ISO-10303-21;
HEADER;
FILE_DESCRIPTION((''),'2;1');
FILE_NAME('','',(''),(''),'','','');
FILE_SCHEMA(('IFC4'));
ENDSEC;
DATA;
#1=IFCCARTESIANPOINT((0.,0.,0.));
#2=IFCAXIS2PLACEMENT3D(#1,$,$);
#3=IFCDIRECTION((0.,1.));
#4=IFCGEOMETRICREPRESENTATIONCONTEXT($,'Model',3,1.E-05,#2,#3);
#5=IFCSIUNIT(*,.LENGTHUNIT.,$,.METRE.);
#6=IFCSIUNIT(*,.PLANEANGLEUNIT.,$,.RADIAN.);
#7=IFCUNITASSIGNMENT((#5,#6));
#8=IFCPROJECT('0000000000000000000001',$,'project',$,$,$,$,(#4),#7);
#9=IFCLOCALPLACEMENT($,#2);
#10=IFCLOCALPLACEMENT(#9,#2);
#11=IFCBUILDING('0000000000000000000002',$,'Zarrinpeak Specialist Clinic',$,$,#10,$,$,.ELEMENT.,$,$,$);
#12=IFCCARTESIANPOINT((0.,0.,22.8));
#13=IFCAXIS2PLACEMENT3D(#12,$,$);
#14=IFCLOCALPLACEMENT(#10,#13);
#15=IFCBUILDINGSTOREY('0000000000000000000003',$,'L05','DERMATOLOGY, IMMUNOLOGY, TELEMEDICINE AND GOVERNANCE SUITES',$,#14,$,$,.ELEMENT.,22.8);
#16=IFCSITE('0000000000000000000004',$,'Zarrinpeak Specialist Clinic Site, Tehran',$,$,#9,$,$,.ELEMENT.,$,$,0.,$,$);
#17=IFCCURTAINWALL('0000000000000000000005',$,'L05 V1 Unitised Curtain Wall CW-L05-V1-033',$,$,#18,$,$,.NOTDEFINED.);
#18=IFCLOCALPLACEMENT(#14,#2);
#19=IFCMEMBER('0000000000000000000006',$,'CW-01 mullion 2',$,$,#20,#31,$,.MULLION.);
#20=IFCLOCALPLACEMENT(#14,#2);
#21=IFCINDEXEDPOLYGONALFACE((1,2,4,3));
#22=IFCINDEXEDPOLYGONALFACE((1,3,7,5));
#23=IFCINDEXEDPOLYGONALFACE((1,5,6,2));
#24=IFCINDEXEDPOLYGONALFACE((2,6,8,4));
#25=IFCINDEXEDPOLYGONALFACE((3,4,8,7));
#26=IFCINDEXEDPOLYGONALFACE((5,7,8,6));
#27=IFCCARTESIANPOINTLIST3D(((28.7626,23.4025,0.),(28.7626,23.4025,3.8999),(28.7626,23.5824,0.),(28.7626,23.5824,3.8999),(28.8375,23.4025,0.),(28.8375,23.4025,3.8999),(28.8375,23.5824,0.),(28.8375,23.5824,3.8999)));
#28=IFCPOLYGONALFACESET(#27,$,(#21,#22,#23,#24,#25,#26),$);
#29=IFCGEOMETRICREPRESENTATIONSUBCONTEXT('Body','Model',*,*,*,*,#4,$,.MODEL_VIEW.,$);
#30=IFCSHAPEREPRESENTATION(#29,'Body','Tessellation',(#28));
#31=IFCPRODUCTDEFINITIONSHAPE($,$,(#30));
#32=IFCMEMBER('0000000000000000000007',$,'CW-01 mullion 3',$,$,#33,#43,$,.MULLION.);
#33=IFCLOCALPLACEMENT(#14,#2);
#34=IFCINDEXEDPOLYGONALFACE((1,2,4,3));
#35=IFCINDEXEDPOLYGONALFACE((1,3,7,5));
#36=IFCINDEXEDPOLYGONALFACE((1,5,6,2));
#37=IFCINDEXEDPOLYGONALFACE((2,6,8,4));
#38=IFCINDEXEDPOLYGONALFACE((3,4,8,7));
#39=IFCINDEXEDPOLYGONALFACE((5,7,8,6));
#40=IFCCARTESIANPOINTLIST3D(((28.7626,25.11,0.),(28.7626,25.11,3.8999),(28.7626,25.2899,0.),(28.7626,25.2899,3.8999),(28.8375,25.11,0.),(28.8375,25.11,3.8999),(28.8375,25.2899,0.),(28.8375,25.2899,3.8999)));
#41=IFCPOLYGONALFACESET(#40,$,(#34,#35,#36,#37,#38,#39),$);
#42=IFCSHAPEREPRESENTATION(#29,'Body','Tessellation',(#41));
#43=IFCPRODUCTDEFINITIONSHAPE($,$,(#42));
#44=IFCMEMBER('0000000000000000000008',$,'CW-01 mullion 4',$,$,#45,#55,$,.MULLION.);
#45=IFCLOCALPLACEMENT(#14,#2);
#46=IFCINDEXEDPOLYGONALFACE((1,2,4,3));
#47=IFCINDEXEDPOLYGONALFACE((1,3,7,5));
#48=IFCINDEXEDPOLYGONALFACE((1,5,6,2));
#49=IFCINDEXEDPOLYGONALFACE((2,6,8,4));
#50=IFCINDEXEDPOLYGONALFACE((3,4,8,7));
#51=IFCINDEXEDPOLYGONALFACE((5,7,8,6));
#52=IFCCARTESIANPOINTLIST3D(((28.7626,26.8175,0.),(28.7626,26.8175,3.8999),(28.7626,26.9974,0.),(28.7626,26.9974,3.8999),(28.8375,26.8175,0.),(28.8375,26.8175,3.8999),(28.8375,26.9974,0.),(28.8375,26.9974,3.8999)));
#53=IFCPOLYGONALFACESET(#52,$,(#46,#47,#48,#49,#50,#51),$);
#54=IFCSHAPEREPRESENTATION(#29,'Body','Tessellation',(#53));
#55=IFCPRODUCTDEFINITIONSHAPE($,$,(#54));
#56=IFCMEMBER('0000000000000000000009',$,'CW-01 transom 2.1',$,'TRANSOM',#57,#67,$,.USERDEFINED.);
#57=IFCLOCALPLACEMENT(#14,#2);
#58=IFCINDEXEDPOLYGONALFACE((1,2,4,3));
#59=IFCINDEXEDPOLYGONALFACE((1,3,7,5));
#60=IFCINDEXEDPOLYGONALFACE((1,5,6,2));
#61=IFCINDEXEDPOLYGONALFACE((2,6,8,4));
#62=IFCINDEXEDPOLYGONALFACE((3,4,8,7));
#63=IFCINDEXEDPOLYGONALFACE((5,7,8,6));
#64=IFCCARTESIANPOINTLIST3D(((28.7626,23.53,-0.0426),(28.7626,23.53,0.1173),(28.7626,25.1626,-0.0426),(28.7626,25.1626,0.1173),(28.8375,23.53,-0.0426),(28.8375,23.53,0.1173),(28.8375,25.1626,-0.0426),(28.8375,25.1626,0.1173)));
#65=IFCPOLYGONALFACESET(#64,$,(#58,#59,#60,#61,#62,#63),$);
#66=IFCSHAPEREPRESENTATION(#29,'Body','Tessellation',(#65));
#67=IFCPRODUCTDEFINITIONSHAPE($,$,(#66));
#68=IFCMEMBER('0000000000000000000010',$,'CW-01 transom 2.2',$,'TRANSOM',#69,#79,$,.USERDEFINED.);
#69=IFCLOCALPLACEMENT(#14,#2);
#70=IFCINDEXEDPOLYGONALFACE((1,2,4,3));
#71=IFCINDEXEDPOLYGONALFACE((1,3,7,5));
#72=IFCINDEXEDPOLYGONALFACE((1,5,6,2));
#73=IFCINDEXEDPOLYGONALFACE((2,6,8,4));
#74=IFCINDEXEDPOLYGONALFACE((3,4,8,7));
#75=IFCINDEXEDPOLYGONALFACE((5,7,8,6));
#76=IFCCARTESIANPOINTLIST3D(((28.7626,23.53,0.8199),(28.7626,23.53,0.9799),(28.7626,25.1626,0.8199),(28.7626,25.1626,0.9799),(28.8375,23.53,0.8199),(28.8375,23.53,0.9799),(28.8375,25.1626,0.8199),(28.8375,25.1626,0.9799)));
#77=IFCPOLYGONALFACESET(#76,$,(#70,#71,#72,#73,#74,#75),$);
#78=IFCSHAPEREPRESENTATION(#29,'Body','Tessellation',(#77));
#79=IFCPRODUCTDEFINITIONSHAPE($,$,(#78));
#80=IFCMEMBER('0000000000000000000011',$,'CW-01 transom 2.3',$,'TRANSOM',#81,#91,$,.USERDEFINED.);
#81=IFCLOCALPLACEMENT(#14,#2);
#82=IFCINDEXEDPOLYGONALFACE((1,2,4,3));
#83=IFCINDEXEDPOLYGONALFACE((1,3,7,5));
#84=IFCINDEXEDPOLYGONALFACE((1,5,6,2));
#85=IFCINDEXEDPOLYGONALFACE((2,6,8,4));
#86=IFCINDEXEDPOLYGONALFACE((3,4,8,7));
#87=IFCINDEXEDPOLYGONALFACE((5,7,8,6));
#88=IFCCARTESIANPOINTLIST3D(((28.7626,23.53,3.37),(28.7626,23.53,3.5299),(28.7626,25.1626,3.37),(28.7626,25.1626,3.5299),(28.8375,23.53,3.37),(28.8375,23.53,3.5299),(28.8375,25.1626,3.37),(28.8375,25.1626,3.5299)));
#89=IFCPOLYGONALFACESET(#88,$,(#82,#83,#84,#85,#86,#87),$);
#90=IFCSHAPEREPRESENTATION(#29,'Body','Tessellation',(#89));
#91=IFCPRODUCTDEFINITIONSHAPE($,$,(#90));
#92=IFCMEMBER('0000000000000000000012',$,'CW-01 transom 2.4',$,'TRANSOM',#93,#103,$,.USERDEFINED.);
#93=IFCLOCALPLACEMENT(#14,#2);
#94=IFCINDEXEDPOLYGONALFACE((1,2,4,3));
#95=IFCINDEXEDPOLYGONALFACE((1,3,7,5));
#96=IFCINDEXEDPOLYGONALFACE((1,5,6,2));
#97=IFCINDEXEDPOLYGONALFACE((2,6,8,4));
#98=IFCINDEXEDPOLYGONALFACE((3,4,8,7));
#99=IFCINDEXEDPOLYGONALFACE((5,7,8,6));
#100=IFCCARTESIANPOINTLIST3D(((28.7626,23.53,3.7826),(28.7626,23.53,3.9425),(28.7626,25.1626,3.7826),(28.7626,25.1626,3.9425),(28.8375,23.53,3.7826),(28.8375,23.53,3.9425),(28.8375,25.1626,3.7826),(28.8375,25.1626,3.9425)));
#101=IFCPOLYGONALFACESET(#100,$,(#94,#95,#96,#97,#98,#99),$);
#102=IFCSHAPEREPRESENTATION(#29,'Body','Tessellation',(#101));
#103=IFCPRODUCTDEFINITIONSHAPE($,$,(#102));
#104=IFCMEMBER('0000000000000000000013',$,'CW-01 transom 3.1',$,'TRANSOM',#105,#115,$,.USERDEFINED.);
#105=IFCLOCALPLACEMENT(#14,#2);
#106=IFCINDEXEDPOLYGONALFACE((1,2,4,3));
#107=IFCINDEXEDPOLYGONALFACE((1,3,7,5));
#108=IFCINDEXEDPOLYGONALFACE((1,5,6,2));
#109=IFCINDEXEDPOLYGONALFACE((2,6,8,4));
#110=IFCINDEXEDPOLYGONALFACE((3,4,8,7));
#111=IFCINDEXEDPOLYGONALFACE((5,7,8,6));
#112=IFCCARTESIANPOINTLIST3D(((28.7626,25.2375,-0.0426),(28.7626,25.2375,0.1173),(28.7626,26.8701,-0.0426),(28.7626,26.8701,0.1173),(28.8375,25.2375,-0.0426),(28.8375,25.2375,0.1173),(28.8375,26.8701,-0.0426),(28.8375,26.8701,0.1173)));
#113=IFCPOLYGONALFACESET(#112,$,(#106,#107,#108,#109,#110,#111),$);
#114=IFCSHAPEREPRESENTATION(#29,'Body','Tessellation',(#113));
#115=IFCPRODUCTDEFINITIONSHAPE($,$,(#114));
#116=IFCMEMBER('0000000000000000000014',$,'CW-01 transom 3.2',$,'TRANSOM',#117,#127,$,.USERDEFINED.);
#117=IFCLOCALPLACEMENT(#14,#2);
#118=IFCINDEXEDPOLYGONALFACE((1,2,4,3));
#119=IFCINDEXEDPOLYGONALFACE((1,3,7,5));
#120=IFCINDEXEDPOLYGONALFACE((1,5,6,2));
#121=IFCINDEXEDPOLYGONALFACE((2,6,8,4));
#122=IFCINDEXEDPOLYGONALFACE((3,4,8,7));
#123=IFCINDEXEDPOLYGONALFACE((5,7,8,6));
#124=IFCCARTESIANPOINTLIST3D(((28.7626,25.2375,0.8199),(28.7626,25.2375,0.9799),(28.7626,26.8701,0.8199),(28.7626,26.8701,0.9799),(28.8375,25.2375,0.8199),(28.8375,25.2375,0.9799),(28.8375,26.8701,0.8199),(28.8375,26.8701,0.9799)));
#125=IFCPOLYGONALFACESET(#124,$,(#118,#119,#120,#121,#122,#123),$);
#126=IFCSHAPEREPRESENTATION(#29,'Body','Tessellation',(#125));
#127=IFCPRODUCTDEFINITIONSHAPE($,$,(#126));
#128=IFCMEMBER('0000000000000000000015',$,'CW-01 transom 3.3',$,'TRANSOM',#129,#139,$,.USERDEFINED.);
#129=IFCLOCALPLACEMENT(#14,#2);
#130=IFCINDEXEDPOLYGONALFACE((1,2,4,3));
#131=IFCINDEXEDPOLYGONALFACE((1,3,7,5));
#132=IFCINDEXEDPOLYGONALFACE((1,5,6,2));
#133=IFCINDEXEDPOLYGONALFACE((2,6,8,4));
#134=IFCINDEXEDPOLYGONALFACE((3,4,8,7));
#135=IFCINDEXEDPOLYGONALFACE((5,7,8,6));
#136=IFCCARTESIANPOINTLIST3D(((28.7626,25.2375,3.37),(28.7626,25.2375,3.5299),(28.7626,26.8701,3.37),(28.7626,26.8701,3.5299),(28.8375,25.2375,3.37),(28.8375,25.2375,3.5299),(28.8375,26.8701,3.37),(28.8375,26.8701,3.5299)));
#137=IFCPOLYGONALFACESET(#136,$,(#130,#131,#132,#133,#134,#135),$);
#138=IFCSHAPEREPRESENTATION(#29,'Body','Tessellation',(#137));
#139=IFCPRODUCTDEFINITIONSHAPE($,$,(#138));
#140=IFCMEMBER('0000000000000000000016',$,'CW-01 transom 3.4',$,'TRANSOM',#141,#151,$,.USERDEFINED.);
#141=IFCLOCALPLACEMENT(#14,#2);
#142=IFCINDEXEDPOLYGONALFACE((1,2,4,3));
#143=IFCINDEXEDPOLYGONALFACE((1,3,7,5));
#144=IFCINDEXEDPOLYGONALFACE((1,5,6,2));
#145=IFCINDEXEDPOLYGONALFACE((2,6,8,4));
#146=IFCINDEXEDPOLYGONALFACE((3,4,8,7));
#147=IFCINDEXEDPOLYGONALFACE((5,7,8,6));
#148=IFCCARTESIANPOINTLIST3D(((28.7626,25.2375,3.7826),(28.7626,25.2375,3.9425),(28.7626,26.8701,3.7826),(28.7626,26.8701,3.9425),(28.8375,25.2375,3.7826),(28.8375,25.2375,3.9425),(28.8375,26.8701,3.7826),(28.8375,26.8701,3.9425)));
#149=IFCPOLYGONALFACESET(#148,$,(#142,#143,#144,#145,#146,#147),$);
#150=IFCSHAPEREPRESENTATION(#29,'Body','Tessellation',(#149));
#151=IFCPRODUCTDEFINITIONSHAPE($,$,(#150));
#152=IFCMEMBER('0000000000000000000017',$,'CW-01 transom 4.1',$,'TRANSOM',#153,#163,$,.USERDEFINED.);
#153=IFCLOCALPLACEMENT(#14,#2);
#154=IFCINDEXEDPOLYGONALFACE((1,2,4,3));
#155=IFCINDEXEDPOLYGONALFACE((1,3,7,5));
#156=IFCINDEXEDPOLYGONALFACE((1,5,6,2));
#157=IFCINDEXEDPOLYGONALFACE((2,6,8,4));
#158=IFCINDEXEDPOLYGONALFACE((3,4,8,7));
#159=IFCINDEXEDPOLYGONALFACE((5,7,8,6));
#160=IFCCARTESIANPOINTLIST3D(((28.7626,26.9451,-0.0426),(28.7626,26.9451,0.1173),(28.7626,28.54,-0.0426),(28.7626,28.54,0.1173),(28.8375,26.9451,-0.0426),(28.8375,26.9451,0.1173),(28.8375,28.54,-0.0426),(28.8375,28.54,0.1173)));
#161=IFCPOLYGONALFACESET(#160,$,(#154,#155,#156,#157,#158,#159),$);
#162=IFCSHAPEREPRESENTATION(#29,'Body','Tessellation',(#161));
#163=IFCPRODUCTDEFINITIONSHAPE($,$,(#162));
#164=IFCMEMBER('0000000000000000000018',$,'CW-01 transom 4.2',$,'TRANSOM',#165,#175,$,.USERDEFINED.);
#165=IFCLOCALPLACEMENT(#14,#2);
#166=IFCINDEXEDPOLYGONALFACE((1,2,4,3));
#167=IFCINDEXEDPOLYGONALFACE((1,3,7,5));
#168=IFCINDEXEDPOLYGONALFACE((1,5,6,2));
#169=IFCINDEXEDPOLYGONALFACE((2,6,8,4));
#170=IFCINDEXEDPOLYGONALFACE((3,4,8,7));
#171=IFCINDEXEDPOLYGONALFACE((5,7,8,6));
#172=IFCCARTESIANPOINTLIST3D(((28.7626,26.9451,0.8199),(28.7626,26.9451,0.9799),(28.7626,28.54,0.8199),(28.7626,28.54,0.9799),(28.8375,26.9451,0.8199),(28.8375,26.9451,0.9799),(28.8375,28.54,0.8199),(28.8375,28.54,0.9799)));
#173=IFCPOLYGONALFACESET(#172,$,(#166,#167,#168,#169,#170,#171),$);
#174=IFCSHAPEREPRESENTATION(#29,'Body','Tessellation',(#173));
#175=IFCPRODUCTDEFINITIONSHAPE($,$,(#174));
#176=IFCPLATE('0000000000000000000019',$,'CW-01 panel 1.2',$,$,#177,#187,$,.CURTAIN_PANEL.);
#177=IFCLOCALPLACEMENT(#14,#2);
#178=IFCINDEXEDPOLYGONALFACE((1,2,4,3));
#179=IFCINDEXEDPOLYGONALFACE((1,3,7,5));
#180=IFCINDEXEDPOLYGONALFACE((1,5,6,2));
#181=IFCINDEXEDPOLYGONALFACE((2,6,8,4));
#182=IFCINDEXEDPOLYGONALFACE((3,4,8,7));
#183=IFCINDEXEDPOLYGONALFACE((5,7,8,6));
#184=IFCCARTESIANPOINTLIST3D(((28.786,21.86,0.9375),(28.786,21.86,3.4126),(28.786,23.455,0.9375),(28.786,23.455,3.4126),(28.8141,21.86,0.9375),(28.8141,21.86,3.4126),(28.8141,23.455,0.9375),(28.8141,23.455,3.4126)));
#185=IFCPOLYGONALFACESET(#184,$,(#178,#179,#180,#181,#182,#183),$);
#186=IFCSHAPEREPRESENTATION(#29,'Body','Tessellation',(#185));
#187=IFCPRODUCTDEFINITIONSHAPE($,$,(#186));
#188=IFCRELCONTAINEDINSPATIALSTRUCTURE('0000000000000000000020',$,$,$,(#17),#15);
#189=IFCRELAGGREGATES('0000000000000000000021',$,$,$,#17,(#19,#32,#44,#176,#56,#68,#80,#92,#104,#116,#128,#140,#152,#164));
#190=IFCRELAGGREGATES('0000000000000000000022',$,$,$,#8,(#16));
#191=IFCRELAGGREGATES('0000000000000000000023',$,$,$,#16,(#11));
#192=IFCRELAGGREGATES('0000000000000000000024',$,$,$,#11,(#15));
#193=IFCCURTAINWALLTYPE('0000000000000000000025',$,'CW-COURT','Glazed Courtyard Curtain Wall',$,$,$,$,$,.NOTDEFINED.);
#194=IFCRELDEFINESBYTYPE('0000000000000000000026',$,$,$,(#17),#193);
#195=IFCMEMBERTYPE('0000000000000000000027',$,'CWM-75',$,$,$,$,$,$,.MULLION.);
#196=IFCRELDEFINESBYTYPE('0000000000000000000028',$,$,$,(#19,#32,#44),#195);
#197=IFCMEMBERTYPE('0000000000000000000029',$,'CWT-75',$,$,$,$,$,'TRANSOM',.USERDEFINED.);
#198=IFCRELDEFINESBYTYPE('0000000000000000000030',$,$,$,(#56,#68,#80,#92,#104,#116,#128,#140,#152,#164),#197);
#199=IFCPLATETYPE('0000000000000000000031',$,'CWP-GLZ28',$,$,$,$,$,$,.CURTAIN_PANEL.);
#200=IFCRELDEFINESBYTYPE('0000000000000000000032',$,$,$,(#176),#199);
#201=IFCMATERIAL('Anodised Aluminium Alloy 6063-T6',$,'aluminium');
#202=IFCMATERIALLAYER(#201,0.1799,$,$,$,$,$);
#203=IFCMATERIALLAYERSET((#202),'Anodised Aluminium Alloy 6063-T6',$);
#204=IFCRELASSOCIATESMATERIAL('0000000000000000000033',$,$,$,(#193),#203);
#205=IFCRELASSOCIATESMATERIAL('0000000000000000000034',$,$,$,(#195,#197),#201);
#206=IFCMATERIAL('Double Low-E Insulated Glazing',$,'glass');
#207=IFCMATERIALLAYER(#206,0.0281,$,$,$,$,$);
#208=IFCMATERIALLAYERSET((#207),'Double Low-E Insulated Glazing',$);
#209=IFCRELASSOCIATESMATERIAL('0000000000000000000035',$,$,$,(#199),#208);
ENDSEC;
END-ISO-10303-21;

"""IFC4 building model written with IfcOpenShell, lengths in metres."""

from ifc_helpers import new_model, si_unit, direction, frame, origin, origin_2d, place, context, subcontext, project, spatial, rectangle, extrude, material, layer, layer_set, material_profile, profile_set, type_object, element, aggregate, save


model = new_model("IFC4")

# Units and contexts
model_context = context("Model", 3, precision=1e-05, world=origin(), true_north=direction((0.0, 1.0)))
body_context = subcontext(model_context, "Body", "Model", "MODEL_VIEW")
ifc_project = project(units=[si_unit("LENGTHUNIT", "METRE"), si_unit("PLANEANGLEUNIT", "RADIAN")], contexts=[model_context])

# Site, building, storey
site_placement = place(None, origin())
site = spatial("IfcSite", under=ifc_project, at=site_placement, Name="Zarrinpeak Specialist Clinic Site, Tehran", CompositionType="ELEMENT", RefElevation=0.0)
building_placement = place(site_placement, origin())
building = spatial("IfcBuilding", under=site, at=building_placement, Name="Zarrinpeak Specialist Clinic", CompositionType="ELEMENT")
storey_placement = place(building_placement, frame((0.0, 0.0, 22.8)))
storey = spatial("IfcBuildingStorey", under=building, at=storey_placement, Name="L05", Description="DERMATOLOGY, IMMUNOLOGY, TELEMEDICINE AND GOVERNANCE SUITES", CompositionType="ELEMENT", Elevation=22.8)

# Curtain wall, members, plate
ifc_material_1 = material(Name="Anodised Aluminium Alloy 6063-T6", Category="aluminium")
ifc_layer_1 = layer(ifc_material_1, 0.1799)
ifc_layer_set_1 = layer_set([ifc_layer_1], Name="Anodised Aluminium Alloy 6063-T6")
curtain_wall_type = type_object("IfcCurtainWallType", Name="CW-COURT", Description="Glazed Courtyard Curtain Wall", PredefinedType="NOTDEFINED", material=ifc_layer_set_1)
curtain_wall_placement = place(storey_placement, origin())
curtain_wall = element("IfcCurtainWall", 1, at=curtain_wall_placement, inside=storey, type_object=curtain_wall_type, Name="L05 V1 Unitised Curtain Wall CW-L05-V1-033", PredefinedType="NOTDEFINED")
ifc_material_profile_1 = material_profile(ifc_material_1, rectangle(XDim=0.075, YDim=0.1799, at=origin_2d()), Name="ALU 75x180")
ifc_profile_set_1 = profile_set([ifc_material_profile_1], Name="Anodised Aluminium Alloy 6063-T6")
member_type_1 = type_object("IfcMemberType", Name="CWM-75", PredefinedType="MULLION", material=ifc_profile_set_1)
member_1_placement = place(storey_placement, frame((28.8, 23.4924, 0.0), z_axis=(0.0, 0.0, 1.0), x_axis=(-1.0, 0.0, 0.0)))
member_1 = element("IfcMember", 2, at=member_1_placement, type_object=member_type_1, Name="CW-01 mullion 2", PredefinedType="MULLION", context=body_context, shape_type="SweptSolid", body=[
    extrude(rectangle(XDim=0.075, YDim=0.1799, at=origin_2d()), origin(), (0.0, 0.0, 1.0), 3.8999),
])
member_2_placement = place(storey_placement, frame((28.8, 25.2, 0.0), z_axis=(0.0, 0.0, 1.0), x_axis=(-1.0, 0.0, 0.0)))
member_2 = element("IfcMember", 3, at=member_2_placement, type_object=member_type_1, Name="CW-01 mullion 3", PredefinedType="MULLION", context=body_context, shape_type="SweptSolid", body=[
    extrude(rectangle(XDim=0.075, YDim=0.1799, at=origin_2d()), origin(), (0.0, 0.0, 1.0), 3.8999),
])
member_3_placement = place(storey_placement, frame((28.8, 26.9075, 0.0), z_axis=(0.0, 0.0, 1.0), x_axis=(-1.0, 0.0, 0.0)))
member_3 = element("IfcMember", 4, at=member_3_placement, type_object=member_type_1, Name="CW-01 mullion 4", PredefinedType="MULLION", context=body_context, shape_type="SweptSolid", body=[
    extrude(rectangle(XDim=0.075, YDim=0.1799, at=origin_2d()), origin(), (0.0, 0.0, 1.0), 3.8999),
])
ifc_material_profile_2 = material_profile(ifc_material_1, rectangle(XDim=0.075, YDim=0.1599, at=origin_2d()), Name="ALU 75x160")
ifc_profile_set_2 = profile_set([ifc_material_profile_2], Name="Anodised Aluminium Alloy 6063-T6")
member_type_2 = type_object("IfcMemberType", Name="CWT-75", ElementType="TRANSOM", PredefinedType="USERDEFINED", material=ifc_profile_set_2)
member_4_placement = place(storey_placement, frame((28.8, 23.53, 0.0374), z_axis=(0.0, 1.0, 0.0), x_axis=(-1.0, 0.0, 0.0)))
member_4 = element("IfcMember", 5, at=member_4_placement, type_object=member_type_2, Name="CW-01 transom 2.1", ObjectType="TRANSOM", PredefinedType="USERDEFINED", context=body_context, shape_type="SweptSolid", body=[
    extrude(rectangle(XDim=0.075, YDim=0.1599, at=origin_2d()), origin(), (0.0, 0.0, 1.0), 1.6326),
])
member_5_placement = place(storey_placement, frame((28.8, 23.53, 0.8999), z_axis=(0.0, 1.0, 0.0), x_axis=(-1.0, 0.0, 0.0)))
member_5 = element("IfcMember", 6, at=member_5_placement, type_object=member_type_2, Name="CW-01 transom 2.2", ObjectType="TRANSOM", PredefinedType="USERDEFINED", context=body_context, shape_type="SweptSolid", body=[
    extrude(rectangle(XDim=0.075, YDim=0.1599, at=origin_2d()), origin(), (0.0, 0.0, 1.0), 1.6326),
])
member_6_placement = place(storey_placement, frame((28.8, 23.53, 3.45), z_axis=(0.0, 1.0, 0.0), x_axis=(-1.0, 0.0, 0.0)))
member_6 = element("IfcMember", 7, at=member_6_placement, type_object=member_type_2, Name="CW-01 transom 2.3", ObjectType="TRANSOM", PredefinedType="USERDEFINED", context=body_context, shape_type="SweptSolid", body=[
    extrude(rectangle(XDim=0.075, YDim=0.1599, at=origin_2d()), origin(), (0.0, 0.0, 1.0), 1.6326),
])
member_7_placement = place(storey_placement, frame((28.8, 23.53, 3.8625), z_axis=(0.0, 1.0, 0.0), x_axis=(-1.0, 0.0, 0.0)))
member_7 = element("IfcMember", 8, at=member_7_placement, type_object=member_type_2, Name="CW-01 transom 2.4", ObjectType="TRANSOM", PredefinedType="USERDEFINED", context=body_context, shape_type="SweptSolid", body=[
    extrude(rectangle(XDim=0.075, YDim=0.1599, at=origin_2d()), origin(), (0.0, 0.0, 1.0), 1.6326),
])
member_8_placement = place(storey_placement, frame((28.8, 25.2375, 0.0374), z_axis=(0.0, 1.0, 0.0), x_axis=(-1.0, 0.0, 0.0)))
member_8 = element("IfcMember", 9, at=member_8_placement, type_object=member_type_2, Name="CW-01 transom 3.1", ObjectType="TRANSOM", PredefinedType="USERDEFINED", context=body_context, shape_type="SweptSolid", body=[
    extrude(rectangle(XDim=0.075, YDim=0.1599, at=origin_2d()), origin(), (0.0, 0.0, 1.0), 1.6326),
])
member_9_placement = place(storey_placement, frame((28.8, 25.2375, 0.8999), z_axis=(0.0, 1.0, 0.0), x_axis=(-1.0, 0.0, 0.0)))
member_9 = element("IfcMember", 10, at=member_9_placement, type_object=member_type_2, Name="CW-01 transom 3.2", ObjectType="TRANSOM", PredefinedType="USERDEFINED", context=body_context, shape_type="SweptSolid", body=[
    extrude(rectangle(XDim=0.075, YDim=0.1599, at=origin_2d()), origin(), (0.0, 0.0, 1.0), 1.6326),
])
member_10_placement = place(storey_placement, frame((28.8, 25.2375, 3.45), z_axis=(0.0, 1.0, 0.0), x_axis=(-1.0, 0.0, 0.0)))
member_10 = element("IfcMember", 11, at=member_10_placement, type_object=member_type_2, Name="CW-01 transom 3.3", ObjectType="TRANSOM", PredefinedType="USERDEFINED", context=body_context, shape_type="SweptSolid", body=[
    extrude(rectangle(XDim=0.075, YDim=0.1599, at=origin_2d()), origin(), (0.0, 0.0, 1.0), 1.6326),
])
member_11_placement = place(storey_placement, frame((28.8, 25.2375, 3.8625), z_axis=(0.0, 1.0, 0.0), x_axis=(-1.0, 0.0, 0.0)))
member_11 = element("IfcMember", 12, at=member_11_placement, type_object=member_type_2, Name="CW-01 transom 3.4", ObjectType="TRANSOM", PredefinedType="USERDEFINED", context=body_context, shape_type="SweptSolid", body=[
    extrude(rectangle(XDim=0.075, YDim=0.1599, at=origin_2d()), origin(), (0.0, 0.0, 1.0), 1.6326),
])
member_12_placement = place(storey_placement, frame((28.8, 26.9451, 0.0374), z_axis=(0.0, 1.0, 0.0), x_axis=(-1.0, 0.0, 0.0)))
member_12 = element("IfcMember", 13, at=member_12_placement, type_object=member_type_2, Name="CW-01 transom 4.1", ObjectType="TRANSOM", PredefinedType="USERDEFINED", context=body_context, shape_type="SweptSolid", body=[
    extrude(rectangle(XDim=0.075, YDim=0.1599, at=origin_2d()), origin(), (0.0, 0.0, 1.0), 1.595),
])
member_13_placement = place(storey_placement, frame((28.8, 26.9451, 0.8999), z_axis=(0.0, 1.0, 0.0), x_axis=(-1.0, 0.0, 0.0)))
member_13 = element("IfcMember", 14, at=member_13_placement, type_object=member_type_2, Name="CW-01 transom 4.2", ObjectType="TRANSOM", PredefinedType="USERDEFINED", context=body_context, shape_type="SweptSolid", body=[
    extrude(rectangle(XDim=0.075, YDim=0.1599, at=origin_2d()), origin(), (0.0, 0.0, 1.0), 1.595),
])
ifc_material_2 = material(Name="Double Low-E Insulated Glazing", Category="glass")
ifc_layer_2 = layer(ifc_material_2, 0.0281)
ifc_layer_set_2 = layer_set([ifc_layer_2], Name="Double Low-E Insulated Glazing")
plate_type = type_object("IfcPlateType", Name="CWP-GLZ28", PredefinedType="CURTAIN_PANEL", material=ifc_layer_set_2)
plate_1_placement = place(storey_placement, frame((28.8, 22.6575, 0.9375), z_axis=(0.0, 0.0, 1.0), x_axis=(0.0, 1.0, 0.0)))
plate_1 = element("IfcPlate", 15, at=plate_1_placement, type_object=plate_type, Name="CW-01 panel 1.2", PredefinedType="CURTAIN_PANEL", context=body_context, shape_type="SweptSolid", body=[
    extrude(rectangle(XDim=1.595, YDim=0.0281, at=origin_2d()), origin(), (0.0, 0.0, 1.0), 2.4751),
])
aggregate(curtain_wall, [member_1, member_2, member_3, plate_1, member_4, member_5, member_6, member_7, member_8, member_9, member_10, member_11, member_12, member_13])

save(model, "model.ifc")
